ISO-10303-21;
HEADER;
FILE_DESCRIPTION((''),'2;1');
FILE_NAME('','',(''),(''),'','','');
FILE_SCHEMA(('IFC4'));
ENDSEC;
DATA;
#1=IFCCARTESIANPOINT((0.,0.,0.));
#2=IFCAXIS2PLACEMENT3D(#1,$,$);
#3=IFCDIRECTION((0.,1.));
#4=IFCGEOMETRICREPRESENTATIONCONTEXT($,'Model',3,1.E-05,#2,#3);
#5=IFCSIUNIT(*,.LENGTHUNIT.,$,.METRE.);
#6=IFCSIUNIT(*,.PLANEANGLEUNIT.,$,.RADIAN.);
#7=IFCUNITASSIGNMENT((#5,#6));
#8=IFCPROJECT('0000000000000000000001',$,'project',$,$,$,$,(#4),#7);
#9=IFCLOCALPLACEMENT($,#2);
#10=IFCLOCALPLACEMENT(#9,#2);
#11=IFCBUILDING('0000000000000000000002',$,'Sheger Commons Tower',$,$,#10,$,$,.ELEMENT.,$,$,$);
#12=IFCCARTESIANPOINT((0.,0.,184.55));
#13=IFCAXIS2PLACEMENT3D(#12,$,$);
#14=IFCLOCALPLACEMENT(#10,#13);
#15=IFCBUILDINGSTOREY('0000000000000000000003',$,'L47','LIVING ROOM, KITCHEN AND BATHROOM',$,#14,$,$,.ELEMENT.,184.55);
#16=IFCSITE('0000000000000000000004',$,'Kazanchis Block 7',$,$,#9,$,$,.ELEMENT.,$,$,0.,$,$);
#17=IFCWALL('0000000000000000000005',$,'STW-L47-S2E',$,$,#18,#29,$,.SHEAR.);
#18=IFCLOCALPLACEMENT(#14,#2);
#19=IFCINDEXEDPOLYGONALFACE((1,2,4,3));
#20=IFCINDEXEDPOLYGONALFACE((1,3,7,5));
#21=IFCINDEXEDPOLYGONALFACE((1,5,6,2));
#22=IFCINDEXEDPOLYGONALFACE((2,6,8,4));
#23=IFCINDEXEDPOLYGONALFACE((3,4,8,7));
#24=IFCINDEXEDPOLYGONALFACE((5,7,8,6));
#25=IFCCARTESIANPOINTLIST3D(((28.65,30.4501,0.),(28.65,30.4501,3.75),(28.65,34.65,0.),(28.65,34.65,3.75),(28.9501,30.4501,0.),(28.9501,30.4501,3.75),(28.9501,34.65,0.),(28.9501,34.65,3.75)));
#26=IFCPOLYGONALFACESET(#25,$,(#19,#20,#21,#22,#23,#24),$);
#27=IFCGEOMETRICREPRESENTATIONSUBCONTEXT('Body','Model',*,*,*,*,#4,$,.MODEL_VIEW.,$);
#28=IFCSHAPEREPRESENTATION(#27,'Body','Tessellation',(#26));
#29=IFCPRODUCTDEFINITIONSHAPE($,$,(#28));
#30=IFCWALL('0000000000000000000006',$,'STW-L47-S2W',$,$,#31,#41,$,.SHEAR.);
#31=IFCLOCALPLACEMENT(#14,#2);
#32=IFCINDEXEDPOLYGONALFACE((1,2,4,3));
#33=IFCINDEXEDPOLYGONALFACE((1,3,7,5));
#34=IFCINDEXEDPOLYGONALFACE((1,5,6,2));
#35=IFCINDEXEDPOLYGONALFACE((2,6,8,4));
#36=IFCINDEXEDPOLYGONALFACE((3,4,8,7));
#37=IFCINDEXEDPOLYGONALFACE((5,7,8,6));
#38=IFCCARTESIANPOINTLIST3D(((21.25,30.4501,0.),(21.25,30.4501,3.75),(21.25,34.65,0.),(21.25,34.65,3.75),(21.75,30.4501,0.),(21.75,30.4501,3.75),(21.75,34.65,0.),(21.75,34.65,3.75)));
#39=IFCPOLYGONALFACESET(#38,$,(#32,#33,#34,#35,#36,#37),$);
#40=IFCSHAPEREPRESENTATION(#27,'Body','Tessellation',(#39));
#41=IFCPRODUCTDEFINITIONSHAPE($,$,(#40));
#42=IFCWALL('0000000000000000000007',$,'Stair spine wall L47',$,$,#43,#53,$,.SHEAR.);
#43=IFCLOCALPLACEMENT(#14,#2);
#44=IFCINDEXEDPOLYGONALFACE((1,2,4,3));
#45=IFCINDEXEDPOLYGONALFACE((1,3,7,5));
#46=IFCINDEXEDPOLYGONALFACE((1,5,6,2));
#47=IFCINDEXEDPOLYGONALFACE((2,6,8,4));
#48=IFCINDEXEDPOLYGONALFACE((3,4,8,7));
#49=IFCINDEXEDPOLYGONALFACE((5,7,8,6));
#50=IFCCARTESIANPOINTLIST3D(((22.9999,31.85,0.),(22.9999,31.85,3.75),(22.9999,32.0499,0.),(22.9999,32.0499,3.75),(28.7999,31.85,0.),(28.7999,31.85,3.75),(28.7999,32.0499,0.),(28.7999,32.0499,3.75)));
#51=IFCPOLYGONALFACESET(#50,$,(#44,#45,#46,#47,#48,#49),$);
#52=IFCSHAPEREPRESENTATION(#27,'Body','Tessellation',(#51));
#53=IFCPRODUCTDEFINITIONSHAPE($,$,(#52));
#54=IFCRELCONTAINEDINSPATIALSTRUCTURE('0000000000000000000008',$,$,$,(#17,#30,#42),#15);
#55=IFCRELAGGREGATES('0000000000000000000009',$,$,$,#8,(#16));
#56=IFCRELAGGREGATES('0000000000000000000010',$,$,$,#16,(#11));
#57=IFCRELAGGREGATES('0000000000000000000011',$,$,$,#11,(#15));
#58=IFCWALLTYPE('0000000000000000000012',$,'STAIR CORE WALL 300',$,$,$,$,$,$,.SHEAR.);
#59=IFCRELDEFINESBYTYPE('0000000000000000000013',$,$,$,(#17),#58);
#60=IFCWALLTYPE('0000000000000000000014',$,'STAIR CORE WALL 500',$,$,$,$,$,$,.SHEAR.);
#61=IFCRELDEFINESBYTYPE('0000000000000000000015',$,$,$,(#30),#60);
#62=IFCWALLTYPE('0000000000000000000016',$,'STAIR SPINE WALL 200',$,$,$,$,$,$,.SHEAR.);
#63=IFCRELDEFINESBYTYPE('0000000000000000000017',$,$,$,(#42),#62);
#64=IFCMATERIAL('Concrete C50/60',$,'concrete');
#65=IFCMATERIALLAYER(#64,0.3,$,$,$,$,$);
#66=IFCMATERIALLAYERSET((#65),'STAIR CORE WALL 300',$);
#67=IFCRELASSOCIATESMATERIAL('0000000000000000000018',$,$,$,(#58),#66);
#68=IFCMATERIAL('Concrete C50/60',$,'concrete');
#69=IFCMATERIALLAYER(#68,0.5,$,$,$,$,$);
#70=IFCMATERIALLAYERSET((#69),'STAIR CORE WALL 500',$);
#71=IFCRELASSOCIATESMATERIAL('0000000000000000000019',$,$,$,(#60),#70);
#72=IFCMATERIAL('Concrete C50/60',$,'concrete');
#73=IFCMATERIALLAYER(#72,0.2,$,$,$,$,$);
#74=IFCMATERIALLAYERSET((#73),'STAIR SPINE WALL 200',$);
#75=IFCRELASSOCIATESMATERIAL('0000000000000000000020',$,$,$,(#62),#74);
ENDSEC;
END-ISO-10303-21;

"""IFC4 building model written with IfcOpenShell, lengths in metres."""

from ifc_helpers import new_model, si_unit, direction, frame, frame_2d, origin, place, context, subcontext, project, spatial, rectangle, extrude, material, layer, layer_set, type_object, element, save


model = new_model("IFC4")

# Units and contexts
model_context = context("Model", 3, precision=1e-05, world=origin(), true_north=direction((0.0, 1.0)))
body_context = subcontext(model_context, "Body", "Model", "MODEL_VIEW")
ifc_project = project(units=[si_unit("LENGTHUNIT", "METRE"), si_unit("PLANEANGLEUNIT", "RADIAN")], contexts=[model_context])

# Site, building, storey
site_placement = place(None, origin())
site = spatial("IfcSite", under=ifc_project, at=site_placement, Name="Kazanchis Block 7", CompositionType="ELEMENT", RefElevation=0.0)
building_placement = place(site_placement, origin())
building = spatial("IfcBuilding", under=site, at=building_placement, Name="Sheger Commons Tower", CompositionType="ELEMENT")
storey_placement = place(building_placement, frame((0.0, 0.0, 184.55)))
storey = spatial("IfcBuildingStorey", under=building, at=storey_placement, Name="L47", Description="LIVING ROOM, KITCHEN AND BATHROOM", CompositionType="ELEMENT", Elevation=184.55)

# Shared definitions
ifc_material_1 = material(Name="Concrete C50/60", Category="concrete")
ifc_layer_1 = layer(ifc_material_1, 0.3)
ifc_layer_set_1 = layer_set([ifc_layer_1], Name="STAIR CORE WALL 300")
wall_type_1 = type_object("IfcWallType", Name="STAIR CORE WALL 300", PredefinedType="SHEAR", material=ifc_layer_set_1)

# Walls
wall_1_placement = place(storey_placement, frame((28.8, 30.45, 0.0), z_axis=(0.0, 0.0, 1.0), x_axis=(0.0, 1.0, 0.0)))
element("IfcWall", 1, at=wall_1_placement, inside=storey, type_object=wall_type_1, Name="STW-L47-S2E", PredefinedType="SHEAR", context=body_context, shape_type="SweptSolid", body=[
    extrude(rectangle(XDim=4.2, YDim=0.3, at=frame_2d((2.1001, 0.0))), origin(), (0.0, 0.0, 1.0), 3.75),
])
ifc_material_2 = material(Name="Concrete C50/60", Category="concrete")
ifc_layer_2 = layer(ifc_material_2, 0.5)
ifc_layer_set_2 = layer_set([ifc_layer_2], Name="STAIR CORE WALL 500")
wall_type_2 = type_object("IfcWallType", Name="STAIR CORE WALL 500", PredefinedType="SHEAR", material=ifc_layer_set_2)
wall_2_placement = place(storey_placement, frame((21.5, 30.45, 0.0), z_axis=(0.0, 0.0, 1.0), x_axis=(0.0, 1.0, 0.0)))
element("IfcWall", 2, at=wall_2_placement, inside=storey, type_object=wall_type_2, Name="STW-L47-S2W", PredefinedType="SHEAR", context=body_context, shape_type="SweptSolid", body=[
    extrude(rectangle(XDim=4.2, YDim=0.5, at=frame_2d((2.1001, 0.0))), origin(), (0.0, 0.0, 1.0), 3.75),
])
ifc_material_3 = material(Name="Concrete C50/60", Category="concrete")
ifc_layer_3 = layer(ifc_material_3, 0.2)
ifc_layer_set_3 = layer_set([ifc_layer_3], Name="STAIR SPINE WALL 200")
wall_type_3 = type_object("IfcWallType", Name="STAIR SPINE WALL 200", PredefinedType="SHEAR", material=ifc_layer_set_3)
wall_3_placement = place(storey_placement, frame((23.0, 31.95, 0.0), z_axis=(0.0, 0.0, 1.0), x_axis=(1.0, 0.0, 0.0)))
element("IfcWall", 3, at=wall_3_placement, inside=storey, type_object=wall_type_3, Name="Stair spine wall L47", PredefinedType="SHEAR", context=body_context, shape_type="SweptSolid", body=[
    extrude(rectangle(XDim=5.8, YDim=0.2, at=frame_2d((2.8999, 0.0))), origin(), (0.0, 0.0, 1.0), 3.75),
])

save(model, "model.ifc")
